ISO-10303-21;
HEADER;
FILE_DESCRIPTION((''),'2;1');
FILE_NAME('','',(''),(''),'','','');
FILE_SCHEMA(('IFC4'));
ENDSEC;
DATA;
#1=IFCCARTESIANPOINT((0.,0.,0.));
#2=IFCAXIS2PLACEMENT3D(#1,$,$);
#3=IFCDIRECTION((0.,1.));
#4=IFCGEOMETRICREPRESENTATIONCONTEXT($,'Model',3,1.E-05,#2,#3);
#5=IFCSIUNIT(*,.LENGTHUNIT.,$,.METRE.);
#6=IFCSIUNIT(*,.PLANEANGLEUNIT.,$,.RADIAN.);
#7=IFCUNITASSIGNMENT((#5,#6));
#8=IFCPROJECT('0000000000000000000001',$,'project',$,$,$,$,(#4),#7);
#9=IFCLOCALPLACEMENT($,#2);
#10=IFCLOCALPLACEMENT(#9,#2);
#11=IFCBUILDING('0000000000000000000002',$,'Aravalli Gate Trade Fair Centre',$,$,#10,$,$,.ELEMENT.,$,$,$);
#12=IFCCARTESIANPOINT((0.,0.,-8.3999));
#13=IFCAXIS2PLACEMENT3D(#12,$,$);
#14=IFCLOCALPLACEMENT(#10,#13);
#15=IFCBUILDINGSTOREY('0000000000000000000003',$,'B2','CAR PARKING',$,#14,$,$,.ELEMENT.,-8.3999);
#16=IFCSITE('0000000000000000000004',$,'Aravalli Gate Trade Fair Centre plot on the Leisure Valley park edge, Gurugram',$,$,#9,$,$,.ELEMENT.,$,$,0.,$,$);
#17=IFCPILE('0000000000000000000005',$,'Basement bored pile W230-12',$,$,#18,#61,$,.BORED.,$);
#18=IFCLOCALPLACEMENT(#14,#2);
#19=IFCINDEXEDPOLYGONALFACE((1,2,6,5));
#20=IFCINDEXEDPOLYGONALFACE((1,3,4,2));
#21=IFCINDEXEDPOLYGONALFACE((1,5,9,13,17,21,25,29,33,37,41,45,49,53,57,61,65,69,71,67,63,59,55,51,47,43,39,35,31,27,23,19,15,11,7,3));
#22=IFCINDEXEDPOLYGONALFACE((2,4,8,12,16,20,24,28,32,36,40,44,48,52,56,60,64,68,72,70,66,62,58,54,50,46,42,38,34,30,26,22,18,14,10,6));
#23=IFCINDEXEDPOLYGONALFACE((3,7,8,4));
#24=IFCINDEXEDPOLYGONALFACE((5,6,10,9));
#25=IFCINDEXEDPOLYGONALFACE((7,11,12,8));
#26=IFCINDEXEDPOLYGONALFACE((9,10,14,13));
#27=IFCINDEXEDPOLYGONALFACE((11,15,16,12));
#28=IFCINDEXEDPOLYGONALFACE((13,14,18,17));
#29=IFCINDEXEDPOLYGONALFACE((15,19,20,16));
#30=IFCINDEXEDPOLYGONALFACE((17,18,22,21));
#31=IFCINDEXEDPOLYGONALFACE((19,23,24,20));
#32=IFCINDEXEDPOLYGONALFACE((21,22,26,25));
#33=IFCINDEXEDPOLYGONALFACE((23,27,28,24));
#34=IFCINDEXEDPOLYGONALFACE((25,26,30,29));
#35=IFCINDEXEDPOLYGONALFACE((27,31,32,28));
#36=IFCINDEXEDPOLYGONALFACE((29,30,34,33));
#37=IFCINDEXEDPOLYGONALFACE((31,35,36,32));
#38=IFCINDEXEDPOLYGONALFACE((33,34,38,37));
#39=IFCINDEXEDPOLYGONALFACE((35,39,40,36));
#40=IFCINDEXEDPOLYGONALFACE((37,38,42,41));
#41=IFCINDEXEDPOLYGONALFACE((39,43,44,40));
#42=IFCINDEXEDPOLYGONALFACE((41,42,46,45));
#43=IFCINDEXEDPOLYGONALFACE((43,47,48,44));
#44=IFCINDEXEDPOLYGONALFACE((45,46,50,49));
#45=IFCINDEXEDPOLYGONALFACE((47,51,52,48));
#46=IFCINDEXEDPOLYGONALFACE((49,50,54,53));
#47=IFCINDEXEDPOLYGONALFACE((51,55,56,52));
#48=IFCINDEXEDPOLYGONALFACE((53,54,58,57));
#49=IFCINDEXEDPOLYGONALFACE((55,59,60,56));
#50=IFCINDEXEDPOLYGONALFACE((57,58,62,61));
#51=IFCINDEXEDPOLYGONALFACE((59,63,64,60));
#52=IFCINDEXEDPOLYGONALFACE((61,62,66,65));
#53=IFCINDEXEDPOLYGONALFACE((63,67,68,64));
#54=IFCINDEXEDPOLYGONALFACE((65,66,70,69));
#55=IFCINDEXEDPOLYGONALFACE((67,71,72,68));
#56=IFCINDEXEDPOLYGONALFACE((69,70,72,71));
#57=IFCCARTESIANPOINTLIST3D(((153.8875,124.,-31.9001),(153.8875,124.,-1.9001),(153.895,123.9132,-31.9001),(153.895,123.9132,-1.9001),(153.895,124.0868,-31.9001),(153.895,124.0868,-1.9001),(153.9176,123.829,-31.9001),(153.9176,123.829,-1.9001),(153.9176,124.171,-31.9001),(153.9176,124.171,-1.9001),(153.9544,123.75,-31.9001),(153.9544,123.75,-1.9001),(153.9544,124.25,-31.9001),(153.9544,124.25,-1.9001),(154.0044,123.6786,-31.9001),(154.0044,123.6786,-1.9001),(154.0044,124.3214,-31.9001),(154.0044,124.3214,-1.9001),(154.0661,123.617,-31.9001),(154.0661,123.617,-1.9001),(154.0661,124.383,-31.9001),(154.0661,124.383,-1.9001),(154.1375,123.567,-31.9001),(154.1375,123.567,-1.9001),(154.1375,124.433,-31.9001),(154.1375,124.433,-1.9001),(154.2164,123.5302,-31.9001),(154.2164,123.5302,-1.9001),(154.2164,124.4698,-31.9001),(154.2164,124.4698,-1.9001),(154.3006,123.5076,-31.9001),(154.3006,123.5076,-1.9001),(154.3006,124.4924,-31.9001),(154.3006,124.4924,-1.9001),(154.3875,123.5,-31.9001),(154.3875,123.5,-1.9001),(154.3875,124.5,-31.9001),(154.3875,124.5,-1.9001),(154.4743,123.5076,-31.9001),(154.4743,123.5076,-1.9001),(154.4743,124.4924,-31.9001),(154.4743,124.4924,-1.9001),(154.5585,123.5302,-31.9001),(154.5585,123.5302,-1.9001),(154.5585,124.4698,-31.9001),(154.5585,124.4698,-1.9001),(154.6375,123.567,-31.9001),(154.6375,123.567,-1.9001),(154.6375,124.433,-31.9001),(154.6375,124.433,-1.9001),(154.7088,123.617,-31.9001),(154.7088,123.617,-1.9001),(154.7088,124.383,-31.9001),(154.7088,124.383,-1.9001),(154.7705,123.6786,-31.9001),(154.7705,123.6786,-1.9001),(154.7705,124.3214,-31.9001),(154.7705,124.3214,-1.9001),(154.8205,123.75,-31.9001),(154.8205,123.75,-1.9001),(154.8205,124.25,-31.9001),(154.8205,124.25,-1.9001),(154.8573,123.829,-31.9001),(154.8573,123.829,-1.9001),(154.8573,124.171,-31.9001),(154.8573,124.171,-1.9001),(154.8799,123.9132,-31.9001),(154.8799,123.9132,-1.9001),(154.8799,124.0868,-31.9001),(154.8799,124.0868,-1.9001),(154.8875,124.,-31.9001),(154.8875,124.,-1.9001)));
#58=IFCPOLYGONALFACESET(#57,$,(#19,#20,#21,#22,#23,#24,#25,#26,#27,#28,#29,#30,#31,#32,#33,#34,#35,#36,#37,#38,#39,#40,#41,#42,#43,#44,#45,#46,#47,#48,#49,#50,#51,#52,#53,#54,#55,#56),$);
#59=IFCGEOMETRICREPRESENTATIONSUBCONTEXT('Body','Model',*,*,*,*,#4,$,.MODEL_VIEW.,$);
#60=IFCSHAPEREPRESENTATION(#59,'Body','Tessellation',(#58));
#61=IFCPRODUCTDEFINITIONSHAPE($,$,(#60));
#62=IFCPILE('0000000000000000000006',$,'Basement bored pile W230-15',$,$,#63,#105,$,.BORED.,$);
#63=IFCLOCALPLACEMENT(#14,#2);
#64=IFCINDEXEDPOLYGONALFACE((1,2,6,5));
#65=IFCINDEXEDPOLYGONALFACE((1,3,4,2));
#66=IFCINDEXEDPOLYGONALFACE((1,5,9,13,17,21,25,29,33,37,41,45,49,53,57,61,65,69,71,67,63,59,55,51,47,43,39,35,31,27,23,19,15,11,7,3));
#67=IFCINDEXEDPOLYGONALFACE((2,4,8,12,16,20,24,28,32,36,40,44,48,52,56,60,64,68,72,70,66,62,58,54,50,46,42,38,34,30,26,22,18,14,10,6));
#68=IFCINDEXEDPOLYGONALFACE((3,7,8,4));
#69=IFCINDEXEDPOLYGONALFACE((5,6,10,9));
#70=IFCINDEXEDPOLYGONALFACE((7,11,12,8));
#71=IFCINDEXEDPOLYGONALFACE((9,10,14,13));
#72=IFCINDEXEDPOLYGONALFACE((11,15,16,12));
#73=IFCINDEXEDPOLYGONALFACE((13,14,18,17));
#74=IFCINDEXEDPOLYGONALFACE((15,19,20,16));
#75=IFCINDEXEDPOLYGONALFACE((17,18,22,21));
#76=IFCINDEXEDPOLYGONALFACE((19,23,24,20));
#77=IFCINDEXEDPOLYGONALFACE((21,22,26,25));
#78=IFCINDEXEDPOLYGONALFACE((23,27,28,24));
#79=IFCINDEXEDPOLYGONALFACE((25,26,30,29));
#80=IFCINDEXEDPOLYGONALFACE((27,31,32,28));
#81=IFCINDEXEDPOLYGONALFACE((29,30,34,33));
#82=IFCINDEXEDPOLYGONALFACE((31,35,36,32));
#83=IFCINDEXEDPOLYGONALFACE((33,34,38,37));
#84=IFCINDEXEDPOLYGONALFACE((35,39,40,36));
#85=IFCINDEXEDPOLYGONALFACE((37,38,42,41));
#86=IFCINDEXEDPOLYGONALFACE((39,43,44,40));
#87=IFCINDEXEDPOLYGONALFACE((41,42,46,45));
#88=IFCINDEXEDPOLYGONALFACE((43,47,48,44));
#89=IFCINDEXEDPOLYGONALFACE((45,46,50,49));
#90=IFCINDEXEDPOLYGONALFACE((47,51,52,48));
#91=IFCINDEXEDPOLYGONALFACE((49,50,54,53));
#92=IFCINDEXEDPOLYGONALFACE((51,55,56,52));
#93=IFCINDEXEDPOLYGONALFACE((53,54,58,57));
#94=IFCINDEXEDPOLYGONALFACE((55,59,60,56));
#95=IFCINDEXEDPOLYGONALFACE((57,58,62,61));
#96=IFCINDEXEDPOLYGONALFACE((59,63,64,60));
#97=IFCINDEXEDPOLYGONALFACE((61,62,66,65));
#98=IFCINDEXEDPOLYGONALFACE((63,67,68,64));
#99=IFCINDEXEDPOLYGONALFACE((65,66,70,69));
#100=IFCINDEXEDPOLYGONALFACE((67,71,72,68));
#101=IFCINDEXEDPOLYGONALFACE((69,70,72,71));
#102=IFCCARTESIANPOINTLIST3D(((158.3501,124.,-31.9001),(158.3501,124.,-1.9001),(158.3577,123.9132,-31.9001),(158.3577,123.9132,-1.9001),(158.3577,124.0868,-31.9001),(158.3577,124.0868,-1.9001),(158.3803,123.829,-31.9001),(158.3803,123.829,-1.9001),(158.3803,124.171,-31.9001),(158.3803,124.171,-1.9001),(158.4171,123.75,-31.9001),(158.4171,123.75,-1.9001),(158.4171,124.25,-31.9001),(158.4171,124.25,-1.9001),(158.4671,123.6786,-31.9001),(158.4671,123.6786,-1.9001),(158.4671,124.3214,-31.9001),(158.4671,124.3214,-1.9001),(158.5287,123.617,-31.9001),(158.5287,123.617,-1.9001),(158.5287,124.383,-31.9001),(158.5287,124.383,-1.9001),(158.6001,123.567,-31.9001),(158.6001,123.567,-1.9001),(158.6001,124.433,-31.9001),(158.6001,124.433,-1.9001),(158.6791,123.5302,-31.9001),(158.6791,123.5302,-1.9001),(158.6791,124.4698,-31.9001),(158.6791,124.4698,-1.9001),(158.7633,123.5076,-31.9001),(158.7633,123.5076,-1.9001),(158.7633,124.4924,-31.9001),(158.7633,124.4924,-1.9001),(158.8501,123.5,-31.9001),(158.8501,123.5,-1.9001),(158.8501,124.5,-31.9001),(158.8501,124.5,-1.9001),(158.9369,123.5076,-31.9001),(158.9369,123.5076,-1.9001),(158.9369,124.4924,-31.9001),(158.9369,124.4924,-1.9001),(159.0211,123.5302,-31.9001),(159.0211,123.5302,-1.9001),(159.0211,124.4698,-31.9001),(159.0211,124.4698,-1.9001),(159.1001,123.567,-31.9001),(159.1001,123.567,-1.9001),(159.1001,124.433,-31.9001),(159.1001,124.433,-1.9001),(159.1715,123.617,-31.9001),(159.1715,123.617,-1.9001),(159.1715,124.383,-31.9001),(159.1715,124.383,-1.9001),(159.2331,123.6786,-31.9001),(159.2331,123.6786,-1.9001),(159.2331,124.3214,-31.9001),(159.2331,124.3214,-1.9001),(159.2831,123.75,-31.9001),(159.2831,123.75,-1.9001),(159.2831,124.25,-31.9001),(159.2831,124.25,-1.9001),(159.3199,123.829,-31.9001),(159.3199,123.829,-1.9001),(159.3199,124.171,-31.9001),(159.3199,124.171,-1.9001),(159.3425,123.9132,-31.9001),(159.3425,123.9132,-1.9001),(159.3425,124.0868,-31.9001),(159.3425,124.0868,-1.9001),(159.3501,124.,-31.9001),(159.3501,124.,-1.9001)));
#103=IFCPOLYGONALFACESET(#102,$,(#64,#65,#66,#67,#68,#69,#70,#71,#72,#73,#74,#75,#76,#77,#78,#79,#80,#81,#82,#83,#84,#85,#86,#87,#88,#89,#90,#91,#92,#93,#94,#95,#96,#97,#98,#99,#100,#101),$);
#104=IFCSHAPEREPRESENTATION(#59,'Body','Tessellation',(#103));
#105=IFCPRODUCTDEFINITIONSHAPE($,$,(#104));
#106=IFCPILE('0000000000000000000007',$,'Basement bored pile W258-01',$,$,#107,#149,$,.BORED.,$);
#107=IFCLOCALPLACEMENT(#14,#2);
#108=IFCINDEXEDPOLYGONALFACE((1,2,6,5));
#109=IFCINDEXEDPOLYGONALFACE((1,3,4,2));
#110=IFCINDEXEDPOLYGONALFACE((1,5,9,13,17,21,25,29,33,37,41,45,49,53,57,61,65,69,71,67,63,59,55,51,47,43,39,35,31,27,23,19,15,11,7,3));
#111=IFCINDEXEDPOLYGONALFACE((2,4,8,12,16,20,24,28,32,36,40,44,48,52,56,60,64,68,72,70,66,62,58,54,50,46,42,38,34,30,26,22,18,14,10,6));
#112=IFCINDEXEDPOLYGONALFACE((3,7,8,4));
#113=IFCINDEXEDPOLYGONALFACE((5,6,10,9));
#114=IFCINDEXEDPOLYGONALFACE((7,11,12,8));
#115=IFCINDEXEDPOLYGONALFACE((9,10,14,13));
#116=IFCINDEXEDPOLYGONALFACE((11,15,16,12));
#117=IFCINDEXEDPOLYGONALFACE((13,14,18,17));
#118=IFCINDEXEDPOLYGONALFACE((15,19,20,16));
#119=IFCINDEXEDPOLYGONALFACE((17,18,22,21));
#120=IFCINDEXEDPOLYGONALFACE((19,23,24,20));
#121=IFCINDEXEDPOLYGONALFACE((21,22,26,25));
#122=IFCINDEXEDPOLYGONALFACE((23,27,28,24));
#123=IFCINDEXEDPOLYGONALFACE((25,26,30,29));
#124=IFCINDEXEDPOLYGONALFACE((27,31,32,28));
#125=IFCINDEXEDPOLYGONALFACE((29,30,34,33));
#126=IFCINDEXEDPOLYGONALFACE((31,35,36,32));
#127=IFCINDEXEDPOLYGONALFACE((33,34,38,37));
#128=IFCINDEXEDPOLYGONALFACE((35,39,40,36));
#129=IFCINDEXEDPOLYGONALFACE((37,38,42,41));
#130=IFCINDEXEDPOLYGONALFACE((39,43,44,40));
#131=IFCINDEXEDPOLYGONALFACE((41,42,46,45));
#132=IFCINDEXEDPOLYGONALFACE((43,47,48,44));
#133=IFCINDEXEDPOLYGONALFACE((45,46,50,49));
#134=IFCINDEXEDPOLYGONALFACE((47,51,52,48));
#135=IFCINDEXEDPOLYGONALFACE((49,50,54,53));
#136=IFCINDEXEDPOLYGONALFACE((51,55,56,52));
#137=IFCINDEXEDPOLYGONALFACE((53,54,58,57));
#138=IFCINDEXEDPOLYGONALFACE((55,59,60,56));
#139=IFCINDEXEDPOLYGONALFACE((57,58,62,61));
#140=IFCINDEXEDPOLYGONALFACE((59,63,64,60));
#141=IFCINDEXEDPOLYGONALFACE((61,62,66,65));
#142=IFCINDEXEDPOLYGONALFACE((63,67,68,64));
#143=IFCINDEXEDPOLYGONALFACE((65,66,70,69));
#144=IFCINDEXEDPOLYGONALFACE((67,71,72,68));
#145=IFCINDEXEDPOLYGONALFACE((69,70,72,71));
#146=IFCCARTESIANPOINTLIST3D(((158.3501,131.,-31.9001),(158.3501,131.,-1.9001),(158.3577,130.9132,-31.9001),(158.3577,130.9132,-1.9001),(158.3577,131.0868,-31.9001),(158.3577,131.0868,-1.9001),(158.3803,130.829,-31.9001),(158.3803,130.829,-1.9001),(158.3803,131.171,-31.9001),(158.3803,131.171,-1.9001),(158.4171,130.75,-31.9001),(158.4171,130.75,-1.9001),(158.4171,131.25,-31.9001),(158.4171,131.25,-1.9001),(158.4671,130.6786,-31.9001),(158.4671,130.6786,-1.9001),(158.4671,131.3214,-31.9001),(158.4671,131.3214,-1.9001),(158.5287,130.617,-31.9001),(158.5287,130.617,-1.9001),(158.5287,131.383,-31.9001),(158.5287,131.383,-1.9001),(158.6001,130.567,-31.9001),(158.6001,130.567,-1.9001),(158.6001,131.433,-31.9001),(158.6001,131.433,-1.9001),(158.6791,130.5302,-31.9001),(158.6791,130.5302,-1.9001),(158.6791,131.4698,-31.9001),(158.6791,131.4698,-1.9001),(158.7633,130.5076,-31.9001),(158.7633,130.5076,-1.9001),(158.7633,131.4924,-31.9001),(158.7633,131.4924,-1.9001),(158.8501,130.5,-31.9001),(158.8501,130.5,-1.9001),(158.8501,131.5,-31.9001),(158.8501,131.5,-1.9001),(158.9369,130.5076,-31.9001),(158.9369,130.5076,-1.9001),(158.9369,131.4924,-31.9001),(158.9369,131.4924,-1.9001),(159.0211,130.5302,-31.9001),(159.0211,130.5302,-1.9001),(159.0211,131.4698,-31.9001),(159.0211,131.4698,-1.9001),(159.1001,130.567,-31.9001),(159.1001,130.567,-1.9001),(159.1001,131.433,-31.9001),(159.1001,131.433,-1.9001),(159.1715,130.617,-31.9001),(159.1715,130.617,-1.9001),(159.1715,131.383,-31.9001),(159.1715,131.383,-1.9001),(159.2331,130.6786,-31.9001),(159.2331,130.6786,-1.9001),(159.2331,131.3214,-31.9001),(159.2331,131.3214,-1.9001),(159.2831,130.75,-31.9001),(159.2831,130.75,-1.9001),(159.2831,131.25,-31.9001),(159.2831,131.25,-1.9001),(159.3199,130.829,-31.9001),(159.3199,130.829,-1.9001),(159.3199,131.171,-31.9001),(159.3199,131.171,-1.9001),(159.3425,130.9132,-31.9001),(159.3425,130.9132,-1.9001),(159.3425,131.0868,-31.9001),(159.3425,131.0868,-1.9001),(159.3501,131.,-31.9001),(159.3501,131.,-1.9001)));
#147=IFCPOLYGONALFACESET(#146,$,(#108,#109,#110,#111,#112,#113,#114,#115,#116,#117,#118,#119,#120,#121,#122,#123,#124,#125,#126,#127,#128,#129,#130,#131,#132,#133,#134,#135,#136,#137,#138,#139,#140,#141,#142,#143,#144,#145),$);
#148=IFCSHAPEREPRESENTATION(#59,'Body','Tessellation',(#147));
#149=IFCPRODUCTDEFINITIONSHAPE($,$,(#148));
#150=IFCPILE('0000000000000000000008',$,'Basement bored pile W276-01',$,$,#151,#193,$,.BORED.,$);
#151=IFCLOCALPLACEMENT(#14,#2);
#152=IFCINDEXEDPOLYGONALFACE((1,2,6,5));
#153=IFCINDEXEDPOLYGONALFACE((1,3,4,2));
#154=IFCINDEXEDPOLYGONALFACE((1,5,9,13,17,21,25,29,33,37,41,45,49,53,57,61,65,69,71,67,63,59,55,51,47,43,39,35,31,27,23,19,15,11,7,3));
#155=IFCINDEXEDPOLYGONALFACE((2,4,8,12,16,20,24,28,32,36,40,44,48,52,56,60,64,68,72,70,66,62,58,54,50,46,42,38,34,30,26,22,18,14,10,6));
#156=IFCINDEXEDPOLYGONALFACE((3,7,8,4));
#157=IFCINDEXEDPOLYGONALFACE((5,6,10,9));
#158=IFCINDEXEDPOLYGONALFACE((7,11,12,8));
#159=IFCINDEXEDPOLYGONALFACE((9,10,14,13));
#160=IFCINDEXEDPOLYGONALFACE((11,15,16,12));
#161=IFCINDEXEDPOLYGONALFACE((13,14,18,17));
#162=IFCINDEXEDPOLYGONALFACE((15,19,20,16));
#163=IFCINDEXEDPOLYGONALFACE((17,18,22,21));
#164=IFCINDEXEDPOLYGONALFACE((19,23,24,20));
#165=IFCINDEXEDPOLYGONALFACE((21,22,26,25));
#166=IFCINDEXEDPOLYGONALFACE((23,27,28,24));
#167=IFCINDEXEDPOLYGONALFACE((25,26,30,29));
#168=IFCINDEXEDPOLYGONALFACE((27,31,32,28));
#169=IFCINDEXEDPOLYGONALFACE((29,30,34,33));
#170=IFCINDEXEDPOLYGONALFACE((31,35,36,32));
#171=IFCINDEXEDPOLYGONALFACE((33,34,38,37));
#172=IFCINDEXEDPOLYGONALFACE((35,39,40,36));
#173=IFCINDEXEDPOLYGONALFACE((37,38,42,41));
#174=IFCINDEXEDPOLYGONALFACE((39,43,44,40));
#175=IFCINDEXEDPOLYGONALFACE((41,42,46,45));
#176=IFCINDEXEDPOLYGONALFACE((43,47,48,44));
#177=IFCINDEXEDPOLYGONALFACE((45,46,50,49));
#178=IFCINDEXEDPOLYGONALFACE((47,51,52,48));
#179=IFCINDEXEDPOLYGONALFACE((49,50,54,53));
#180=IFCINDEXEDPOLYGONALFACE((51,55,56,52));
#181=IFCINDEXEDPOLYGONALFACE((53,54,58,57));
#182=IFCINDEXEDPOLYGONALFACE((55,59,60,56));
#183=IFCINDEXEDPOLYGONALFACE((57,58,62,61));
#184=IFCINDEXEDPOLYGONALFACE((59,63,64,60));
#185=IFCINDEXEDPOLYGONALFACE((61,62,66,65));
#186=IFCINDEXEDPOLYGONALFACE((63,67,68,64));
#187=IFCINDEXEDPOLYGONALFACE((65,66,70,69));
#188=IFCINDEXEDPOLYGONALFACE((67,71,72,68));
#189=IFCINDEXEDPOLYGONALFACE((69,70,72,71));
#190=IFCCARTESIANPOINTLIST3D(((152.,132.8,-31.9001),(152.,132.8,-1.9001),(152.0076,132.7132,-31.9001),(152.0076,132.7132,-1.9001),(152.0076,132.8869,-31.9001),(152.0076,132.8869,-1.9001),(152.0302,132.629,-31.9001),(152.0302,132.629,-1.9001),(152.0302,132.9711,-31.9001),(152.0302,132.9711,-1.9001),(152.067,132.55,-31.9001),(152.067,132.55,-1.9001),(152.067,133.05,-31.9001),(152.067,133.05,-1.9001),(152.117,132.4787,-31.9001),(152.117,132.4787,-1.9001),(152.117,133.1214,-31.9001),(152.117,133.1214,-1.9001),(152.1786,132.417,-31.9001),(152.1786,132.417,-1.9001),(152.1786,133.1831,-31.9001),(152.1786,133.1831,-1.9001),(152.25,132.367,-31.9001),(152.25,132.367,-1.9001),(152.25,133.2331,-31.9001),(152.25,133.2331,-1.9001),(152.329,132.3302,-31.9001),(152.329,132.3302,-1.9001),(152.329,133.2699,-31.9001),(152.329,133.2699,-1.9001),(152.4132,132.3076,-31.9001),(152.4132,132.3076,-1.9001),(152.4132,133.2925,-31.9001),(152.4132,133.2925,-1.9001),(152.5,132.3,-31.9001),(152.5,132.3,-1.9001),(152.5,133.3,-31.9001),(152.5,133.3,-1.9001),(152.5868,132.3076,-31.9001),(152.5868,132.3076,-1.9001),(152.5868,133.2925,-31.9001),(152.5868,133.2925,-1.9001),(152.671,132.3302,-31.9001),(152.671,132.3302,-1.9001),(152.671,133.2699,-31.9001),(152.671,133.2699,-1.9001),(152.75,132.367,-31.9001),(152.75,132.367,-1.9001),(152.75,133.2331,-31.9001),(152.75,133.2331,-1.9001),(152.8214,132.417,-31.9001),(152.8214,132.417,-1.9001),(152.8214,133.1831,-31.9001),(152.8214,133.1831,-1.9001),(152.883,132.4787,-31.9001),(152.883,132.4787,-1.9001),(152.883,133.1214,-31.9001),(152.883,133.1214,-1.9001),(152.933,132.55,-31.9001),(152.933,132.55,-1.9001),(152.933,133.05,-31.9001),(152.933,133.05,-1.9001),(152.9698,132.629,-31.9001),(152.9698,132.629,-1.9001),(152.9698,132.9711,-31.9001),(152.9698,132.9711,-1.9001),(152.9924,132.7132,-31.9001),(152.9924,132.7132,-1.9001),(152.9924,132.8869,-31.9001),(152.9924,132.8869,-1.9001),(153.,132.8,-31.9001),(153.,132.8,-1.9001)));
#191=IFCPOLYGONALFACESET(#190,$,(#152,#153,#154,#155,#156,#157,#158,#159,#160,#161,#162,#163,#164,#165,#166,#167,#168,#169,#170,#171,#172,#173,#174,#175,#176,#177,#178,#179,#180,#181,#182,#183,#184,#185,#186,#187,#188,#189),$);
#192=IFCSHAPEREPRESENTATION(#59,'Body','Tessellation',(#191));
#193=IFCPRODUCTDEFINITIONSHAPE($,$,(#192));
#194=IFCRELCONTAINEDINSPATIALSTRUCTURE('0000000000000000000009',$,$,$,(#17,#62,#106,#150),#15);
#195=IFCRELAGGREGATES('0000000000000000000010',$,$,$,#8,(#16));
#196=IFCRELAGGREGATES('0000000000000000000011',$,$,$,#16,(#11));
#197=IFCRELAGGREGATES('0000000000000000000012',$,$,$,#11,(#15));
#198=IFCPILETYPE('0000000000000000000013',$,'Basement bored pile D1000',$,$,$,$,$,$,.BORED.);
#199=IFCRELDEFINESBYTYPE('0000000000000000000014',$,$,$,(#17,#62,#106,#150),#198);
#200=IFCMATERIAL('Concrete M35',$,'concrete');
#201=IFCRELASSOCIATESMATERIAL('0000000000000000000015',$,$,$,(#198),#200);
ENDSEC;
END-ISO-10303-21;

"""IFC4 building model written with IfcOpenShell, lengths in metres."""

from ifc_helpers import new_model, si_unit, direction, frame, origin, origin_2d, place, context, subcontext, project, spatial, circle, extrude, material, material_profile, profile_set, type_object, element, save


model = new_model("IFC4")

# Units and contexts
model_context = context("Model", 3, precision=1e-05, world=origin(), true_north=direction((0.0, 1.0)))
body_context = subcontext(model_context, "Body", "Model", "MODEL_VIEW")
ifc_project = project(units=[si_unit("LENGTHUNIT", "METRE"), si_unit("PLANEANGLEUNIT", "RADIAN")], contexts=[model_context])

# Site, building, storey
site_placement = place(None, origin())
site = spatial("IfcSite", under=ifc_project, at=site_placement, Name="Aravalli Gate Trade Fair Centre plot on the Leisure Valley park edge, Gurugram", CompositionType="ELEMENT", RefElevation=0.0)
building_placement = place(site_placement, origin())
building = spatial("IfcBuilding", under=site, at=building_placement, Name="Aravalli Gate Trade Fair Centre", CompositionType="ELEMENT")
storey_placement = place(building_placement, frame((0.0, 0.0, -8.3999)))
storey = spatial("IfcBuildingStorey", under=building, at=storey_placement, Name="B2", Description="CAR PARKING", CompositionType="ELEMENT", Elevation=-8.3999)

# Piles
ifc_material_1 = material(Name="Concrete M35", Category="concrete")
ifc_material_profile_1 = material_profile(ifc_material_1, circle(Radius=0.5, at=origin_2d()), Name="D1000")
ifc_profile_set_1 = profile_set([ifc_material_profile_1], Name="Concrete M35")
pile_type = type_object("IfcPileType", Name="Basement bored pile D1000", PredefinedType="BORED", material=ifc_profile_set_1)
for number, where, z_axis, x_axis, name in (
    (1, (154.3875, 124.0, -1.9001), (0.0, 0.0, -1.0), (1.0, 0.0, 0.0), "Basement bored pile W230-12"),
    (2, (158.8501, 124.0, -1.9001), (0.0, 0.0, -1.0), (1.0, 0.0, 0.0), "Basement bored pile W230-15"),
    (3, (158.8501, 131.0, -1.9001), (0.0, 0.0, -1.0), (1.0, 0.0, 0.0), "Basement bored pile W258-01"),
    (4, (152.5, 132.8, -1.9001), (0.0, 0.0, -1.0), (1.0, 0.0, 0.0), "Basement bored pile W276-01"),
):
    element("IfcPile", number, at=place(storey_placement, frame(where, z_axis=z_axis, x_axis=x_axis)), inside=storey, type_object=pile_type, Name=name, PredefinedType="BORED", context=body_context, shape_type="SweptSolid", body=[
        extrude(circle(Radius=0.5, at=origin_2d()), origin(), (0.0, 0.0, 1.0), 30.0),
    ])

save(model, "model.ifc")
